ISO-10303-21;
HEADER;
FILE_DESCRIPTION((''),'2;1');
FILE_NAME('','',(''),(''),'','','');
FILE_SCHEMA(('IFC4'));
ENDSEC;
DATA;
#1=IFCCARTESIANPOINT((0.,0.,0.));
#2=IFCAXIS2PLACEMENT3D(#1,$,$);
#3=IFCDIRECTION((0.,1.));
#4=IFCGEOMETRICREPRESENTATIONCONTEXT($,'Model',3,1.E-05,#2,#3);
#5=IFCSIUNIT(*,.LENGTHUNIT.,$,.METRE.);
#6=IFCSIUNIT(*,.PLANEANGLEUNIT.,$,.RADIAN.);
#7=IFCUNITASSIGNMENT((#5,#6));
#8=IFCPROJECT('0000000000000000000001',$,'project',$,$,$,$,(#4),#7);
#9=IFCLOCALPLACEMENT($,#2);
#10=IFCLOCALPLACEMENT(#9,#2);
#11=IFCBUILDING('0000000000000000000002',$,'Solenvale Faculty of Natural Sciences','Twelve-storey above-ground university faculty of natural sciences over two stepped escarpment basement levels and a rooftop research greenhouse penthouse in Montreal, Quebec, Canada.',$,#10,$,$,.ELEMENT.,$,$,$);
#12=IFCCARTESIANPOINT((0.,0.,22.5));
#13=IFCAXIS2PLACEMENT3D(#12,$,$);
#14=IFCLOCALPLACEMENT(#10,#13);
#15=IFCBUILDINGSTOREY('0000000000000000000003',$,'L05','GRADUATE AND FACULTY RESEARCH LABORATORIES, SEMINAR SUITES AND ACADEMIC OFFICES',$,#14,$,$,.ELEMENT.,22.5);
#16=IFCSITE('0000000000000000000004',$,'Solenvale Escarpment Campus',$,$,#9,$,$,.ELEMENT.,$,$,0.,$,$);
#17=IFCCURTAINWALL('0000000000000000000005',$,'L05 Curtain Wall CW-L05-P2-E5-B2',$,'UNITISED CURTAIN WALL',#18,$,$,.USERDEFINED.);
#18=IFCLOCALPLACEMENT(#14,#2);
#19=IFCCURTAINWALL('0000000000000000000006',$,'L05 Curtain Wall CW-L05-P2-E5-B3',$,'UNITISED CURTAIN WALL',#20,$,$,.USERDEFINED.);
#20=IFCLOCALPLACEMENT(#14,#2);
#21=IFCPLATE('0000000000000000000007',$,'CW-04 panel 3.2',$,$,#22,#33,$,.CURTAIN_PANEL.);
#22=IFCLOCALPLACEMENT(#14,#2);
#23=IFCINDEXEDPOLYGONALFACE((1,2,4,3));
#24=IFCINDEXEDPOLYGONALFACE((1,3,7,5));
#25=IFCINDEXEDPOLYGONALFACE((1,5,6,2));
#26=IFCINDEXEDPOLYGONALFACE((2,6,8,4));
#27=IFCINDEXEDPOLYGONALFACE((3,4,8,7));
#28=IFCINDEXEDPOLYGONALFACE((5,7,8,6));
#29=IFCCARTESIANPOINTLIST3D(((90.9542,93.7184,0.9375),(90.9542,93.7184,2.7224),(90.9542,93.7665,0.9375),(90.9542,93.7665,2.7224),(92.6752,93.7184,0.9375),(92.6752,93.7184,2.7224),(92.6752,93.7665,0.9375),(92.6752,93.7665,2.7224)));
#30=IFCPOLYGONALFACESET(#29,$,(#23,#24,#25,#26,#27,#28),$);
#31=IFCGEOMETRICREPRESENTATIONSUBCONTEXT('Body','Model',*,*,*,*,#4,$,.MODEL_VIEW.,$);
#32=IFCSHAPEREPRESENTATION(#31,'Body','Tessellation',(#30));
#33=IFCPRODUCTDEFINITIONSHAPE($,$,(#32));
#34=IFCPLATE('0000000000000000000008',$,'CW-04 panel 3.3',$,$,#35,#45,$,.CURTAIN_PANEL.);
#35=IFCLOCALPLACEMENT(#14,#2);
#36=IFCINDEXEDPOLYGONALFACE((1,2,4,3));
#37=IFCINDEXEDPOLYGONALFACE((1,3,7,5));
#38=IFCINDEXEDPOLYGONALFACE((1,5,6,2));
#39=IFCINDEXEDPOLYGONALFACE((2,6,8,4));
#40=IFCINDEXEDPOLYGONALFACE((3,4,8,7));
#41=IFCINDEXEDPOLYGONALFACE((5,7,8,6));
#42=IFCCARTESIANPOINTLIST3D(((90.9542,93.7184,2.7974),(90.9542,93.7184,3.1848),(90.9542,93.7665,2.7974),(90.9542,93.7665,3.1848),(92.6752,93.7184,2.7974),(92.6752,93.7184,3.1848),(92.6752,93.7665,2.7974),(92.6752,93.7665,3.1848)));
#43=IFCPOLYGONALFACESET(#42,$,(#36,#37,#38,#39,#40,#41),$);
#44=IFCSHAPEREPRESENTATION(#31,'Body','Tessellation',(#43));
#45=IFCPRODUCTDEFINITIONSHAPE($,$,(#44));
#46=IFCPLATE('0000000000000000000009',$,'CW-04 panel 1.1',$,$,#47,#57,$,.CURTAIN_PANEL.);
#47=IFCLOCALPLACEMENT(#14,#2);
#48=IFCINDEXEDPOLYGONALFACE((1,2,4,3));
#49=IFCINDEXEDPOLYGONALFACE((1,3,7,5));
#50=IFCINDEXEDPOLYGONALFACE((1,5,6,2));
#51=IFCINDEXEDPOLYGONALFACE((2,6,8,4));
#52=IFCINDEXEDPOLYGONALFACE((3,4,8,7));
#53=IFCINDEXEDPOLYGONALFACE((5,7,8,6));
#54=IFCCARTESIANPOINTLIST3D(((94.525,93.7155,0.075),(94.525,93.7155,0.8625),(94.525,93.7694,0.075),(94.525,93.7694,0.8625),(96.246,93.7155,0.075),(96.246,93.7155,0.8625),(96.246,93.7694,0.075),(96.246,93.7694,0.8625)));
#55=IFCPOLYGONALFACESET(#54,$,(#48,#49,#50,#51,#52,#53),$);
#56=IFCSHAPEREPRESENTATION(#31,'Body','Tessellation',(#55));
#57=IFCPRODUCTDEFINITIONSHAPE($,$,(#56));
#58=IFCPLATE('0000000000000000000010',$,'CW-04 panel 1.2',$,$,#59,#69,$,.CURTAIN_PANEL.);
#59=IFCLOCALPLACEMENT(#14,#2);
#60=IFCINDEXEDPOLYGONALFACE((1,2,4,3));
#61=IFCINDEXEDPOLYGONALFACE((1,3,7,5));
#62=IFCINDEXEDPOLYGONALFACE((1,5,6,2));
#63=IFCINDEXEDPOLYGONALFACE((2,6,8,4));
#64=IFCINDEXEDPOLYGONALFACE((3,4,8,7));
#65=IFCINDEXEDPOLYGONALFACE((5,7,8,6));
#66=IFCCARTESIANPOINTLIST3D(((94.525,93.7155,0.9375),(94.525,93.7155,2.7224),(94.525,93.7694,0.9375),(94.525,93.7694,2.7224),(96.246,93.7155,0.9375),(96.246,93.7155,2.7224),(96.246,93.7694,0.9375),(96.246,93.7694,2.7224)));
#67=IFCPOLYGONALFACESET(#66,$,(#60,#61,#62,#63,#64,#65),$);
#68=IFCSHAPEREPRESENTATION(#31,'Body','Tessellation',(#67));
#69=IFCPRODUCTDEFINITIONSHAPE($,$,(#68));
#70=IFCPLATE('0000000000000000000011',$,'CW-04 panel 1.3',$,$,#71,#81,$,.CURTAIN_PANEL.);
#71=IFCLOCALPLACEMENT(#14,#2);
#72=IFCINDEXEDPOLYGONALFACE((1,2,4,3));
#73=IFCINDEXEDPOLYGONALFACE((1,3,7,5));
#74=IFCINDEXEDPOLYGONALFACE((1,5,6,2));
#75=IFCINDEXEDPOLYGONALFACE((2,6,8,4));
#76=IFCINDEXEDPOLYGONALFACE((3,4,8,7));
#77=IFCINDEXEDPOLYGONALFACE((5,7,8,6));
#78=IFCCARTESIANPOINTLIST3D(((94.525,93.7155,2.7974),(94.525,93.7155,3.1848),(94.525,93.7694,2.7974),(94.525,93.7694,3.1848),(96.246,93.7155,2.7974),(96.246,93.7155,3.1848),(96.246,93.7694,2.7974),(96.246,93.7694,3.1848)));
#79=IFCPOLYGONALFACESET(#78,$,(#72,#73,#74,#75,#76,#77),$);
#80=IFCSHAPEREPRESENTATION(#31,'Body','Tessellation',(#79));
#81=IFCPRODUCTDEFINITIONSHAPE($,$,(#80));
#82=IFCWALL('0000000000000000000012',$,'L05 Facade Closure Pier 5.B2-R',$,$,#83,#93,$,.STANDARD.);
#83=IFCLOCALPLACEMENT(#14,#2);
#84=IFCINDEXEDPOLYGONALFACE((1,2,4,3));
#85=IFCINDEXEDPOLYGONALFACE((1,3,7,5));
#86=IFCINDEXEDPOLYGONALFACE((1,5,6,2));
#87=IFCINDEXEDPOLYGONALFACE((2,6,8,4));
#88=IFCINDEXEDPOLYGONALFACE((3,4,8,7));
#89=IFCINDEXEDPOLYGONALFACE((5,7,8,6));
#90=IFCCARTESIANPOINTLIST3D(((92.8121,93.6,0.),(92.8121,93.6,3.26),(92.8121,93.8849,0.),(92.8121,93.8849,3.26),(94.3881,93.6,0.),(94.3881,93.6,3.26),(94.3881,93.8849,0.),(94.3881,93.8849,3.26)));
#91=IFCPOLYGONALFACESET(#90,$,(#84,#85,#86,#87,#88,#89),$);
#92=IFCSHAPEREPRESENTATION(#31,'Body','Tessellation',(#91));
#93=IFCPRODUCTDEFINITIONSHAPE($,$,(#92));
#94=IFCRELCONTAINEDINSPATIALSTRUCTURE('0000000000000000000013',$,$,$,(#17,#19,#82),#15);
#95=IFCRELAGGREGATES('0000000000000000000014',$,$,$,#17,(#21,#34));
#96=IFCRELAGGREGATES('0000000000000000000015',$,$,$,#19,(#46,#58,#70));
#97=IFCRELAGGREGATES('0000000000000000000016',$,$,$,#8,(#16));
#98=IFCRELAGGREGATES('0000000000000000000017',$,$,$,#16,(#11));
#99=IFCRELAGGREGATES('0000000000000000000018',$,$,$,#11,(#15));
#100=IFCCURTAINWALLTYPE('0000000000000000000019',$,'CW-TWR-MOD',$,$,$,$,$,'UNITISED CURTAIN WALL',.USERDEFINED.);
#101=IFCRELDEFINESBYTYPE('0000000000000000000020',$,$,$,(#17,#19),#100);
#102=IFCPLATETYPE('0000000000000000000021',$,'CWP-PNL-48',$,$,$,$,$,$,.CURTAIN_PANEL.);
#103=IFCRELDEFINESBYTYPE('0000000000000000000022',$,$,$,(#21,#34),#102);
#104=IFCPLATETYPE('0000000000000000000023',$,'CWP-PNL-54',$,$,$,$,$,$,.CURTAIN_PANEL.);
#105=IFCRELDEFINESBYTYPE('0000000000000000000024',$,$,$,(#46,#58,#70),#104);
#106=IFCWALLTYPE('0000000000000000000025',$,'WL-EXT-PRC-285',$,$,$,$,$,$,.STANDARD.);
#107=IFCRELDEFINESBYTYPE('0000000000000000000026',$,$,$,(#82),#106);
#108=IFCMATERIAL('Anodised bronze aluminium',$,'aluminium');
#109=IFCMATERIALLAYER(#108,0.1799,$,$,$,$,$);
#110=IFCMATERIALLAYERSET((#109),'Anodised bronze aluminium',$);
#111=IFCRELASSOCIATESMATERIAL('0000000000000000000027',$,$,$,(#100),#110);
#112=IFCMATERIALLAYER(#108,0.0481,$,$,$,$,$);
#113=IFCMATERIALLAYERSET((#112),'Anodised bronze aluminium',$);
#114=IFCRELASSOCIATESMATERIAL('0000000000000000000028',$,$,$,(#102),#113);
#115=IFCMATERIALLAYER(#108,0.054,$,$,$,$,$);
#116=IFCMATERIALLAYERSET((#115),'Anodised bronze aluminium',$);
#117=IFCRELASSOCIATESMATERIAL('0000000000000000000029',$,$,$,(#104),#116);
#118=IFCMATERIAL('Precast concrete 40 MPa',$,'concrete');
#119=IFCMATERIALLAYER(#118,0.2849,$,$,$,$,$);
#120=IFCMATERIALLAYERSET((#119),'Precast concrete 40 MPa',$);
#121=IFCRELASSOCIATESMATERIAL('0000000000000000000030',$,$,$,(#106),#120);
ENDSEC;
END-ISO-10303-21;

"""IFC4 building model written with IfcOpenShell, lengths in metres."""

from ifc_helpers import new_model, si_unit, direction, frame, frame_2d, origin, origin_2d, place, context, subcontext, project, spatial, rectangle, extrude, material, layer, layer_set, type_object, element, aggregate, save


model = new_model("IFC4")

# Units and contexts
model_context = context("Model", 3, precision=1e-05, world=origin(), true_north=direction((0.0, 1.0)))
body_context = subcontext(model_context, "Body", "Model", "MODEL_VIEW")
ifc_project = project(units=[si_unit("LENGTHUNIT", "METRE"), si_unit("PLANEANGLEUNIT", "RADIAN")], contexts=[model_context])

# Site, building, storey
site_placement = place(None, origin())
site = spatial("IfcSite", under=ifc_project, at=site_placement, Name="Solenvale Escarpment Campus", CompositionType="ELEMENT", RefElevation=0.0)
building_placement = place(site_placement, origin())
building = spatial("IfcBuilding", under=site, at=building_placement, Name="Solenvale Faculty of Natural Sciences", Description="Twelve-storey above-ground university faculty of natural sciences over two stepped escarpment basement levels and a rooftop research greenhouse penthouse in Montreal, Quebec, Canada.", CompositionType="ELEMENT")
storey_placement = place(building_placement, frame((0.0, 0.0, 22.5)))
storey = spatial("IfcBuildingStorey", under=building, at=storey_placement, Name="L05", Description="GRADUATE AND FACULTY RESEARCH LABORATORIES, SEMINAR SUITES AND ACADEMIC OFFICES", CompositionType="ELEMENT", Elevation=22.5)

# Curtain walls
ifc_material_1 = material(Name="Anodised bronze aluminium", Category="aluminium")
ifc_layer_1 = layer(ifc_material_1, 0.1799)
ifc_layer_set_1 = layer_set([ifc_layer_1], Name="Anodised bronze aluminium")
curtain_wall_type = type_object("IfcCurtainWallType", Name="CW-TWR-MOD", ElementType="UNITISED CURTAIN WALL", PredefinedType="USERDEFINED", material=ifc_layer_set_1)
curtain_wall_1_placement = place(storey_placement, origin())
curtain_wall_1 = element("IfcCurtainWall", 1, at=curtain_wall_1_placement, inside=storey, type_object=curtain_wall_type, Name="L05 Curtain Wall CW-L05-P2-E5-B2", ObjectType="UNITISED CURTAIN WALL", PredefinedType="USERDEFINED")
curtain_wall_2_placement = place(storey_placement, origin())
curtain_wall_2 = element("IfcCurtainWall", 2, at=curtain_wall_2_placement, inside=storey, type_object=curtain_wall_type, Name="L05 Curtain Wall CW-L05-P2-E5-B3", ObjectType="UNITISED CURTAIN WALL", PredefinedType="USERDEFINED")

# Plates
ifc_layer_2 = layer(ifc_material_1, 0.0481)
ifc_layer_set_2 = layer_set([ifc_layer_2], Name="Anodised bronze aluminium")
plate_type_1 = type_object("IfcPlateType", Name="CWP-PNL-48", PredefinedType="CURTAIN_PANEL", material=ifc_layer_set_2)
plate_1_placement = place(storey_placement, frame((91.8147, 93.7424, 0.9375), z_axis=(0.0, 0.0, 1.0), x_axis=(1.0, 0.0, 0.0)))
plate_1 = element("IfcPlate", 3, at=plate_1_placement, type_object=plate_type_1, Name="CW-04 panel 3.2", PredefinedType="CURTAIN_PANEL", context=body_context, shape_type="SweptSolid", body=[
    extrude(rectangle(XDim=1.7209, YDim=0.0481, at=origin_2d()), origin(), (0.0, 0.0, 1.0), 1.7849),
])
plate_2_placement = place(storey_placement, frame((91.8147, 93.7424, 2.7974), z_axis=(0.0, 0.0, 1.0), x_axis=(1.0, 0.0, 0.0)))
plate_2 = element("IfcPlate", 4, at=plate_2_placement, type_object=plate_type_1, Name="CW-04 panel 3.3", PredefinedType="CURTAIN_PANEL", context=body_context, shape_type="SweptSolid", body=[
    extrude(rectangle(XDim=1.7209, YDim=0.0481, at=origin_2d()), origin(), (0.0, 0.0, 1.0), 0.3875),
])
aggregate(curtain_wall_1, [plate_1, plate_2])
ifc_layer_3 = layer(ifc_material_1, 0.054)
ifc_layer_set_3 = layer_set([ifc_layer_3], Name="Anodised bronze aluminium")
plate_type_2 = type_object("IfcPlateType", Name="CWP-PNL-54", PredefinedType="CURTAIN_PANEL", material=ifc_layer_set_3)
plate_3_placement = place(storey_placement, frame((95.3855, 93.7424, 0.075), z_axis=(0.0, 0.0, 1.0), x_axis=(1.0, 0.0, 0.0)))
plate_3 = element("IfcPlate", 5, at=plate_3_placement, type_object=plate_type_2, Name="CW-04 panel 1.1", PredefinedType="CURTAIN_PANEL", context=body_context, shape_type="SweptSolid", body=[
    extrude(rectangle(XDim=1.7209, YDim=0.054, at=origin_2d()), origin(), (0.0, 0.0, 1.0), 0.7876),
])
plate_4_placement = place(storey_placement, frame((95.3855, 93.7424, 0.9375), z_axis=(0.0, 0.0, 1.0), x_axis=(1.0, 0.0, 0.0)))
plate_4 = element("IfcPlate", 6, at=plate_4_placement, type_object=plate_type_2, Name="CW-04 panel 1.2", PredefinedType="CURTAIN_PANEL", context=body_context, shape_type="SweptSolid", body=[
    extrude(rectangle(XDim=1.7209, YDim=0.054, at=origin_2d()), origin(), (0.0, 0.0, 1.0), 1.7849),
])
plate_5_placement = place(storey_placement, frame((95.3855, 93.7424, 2.7974), z_axis=(0.0, 0.0, 1.0), x_axis=(1.0, 0.0, 0.0)))
plate_5 = element("IfcPlate", 7, at=plate_5_placement, type_object=plate_type_2, Name="CW-04 panel 1.3", PredefinedType="CURTAIN_PANEL", context=body_context, shape_type="SweptSolid", body=[
    extrude(rectangle(XDim=1.7209, YDim=0.054, at=origin_2d()), origin(), (0.0, 0.0, 1.0), 0.3875),
])
aggregate(curtain_wall_2, [plate_3, plate_4, plate_5])

# Wall
ifc_material_2 = material(Name="Precast concrete 40 MPa", Category="concrete")
ifc_layer_4 = layer(ifc_material_2, 0.2849)
ifc_layer_set_4 = layer_set([ifc_layer_4], Name="Precast concrete 40 MPa")
wall_type = type_object("IfcWallType", Name="WL-EXT-PRC-285", PredefinedType="STANDARD", material=ifc_layer_set_4)
wall_placement = place(storey_placement, frame((92.812, 93.7424, 0.0), z_axis=(0.0, 0.0, 1.0), x_axis=(1.0, 0.0, 0.0)))
element("IfcWall", 8, at=wall_placement, inside=storey, type_object=wall_type, Name="L05 Facade Closure Pier 5.B2-R", PredefinedType="STANDARD", context=body_context, shape_type="SweptSolid", body=[
    extrude(rectangle(XDim=1.5759, YDim=0.2849, at=frame_2d((0.7881, 0.0))), origin(), (0.0, 0.0, 1.0), 3.26),
])

save(model, "model.ifc")
